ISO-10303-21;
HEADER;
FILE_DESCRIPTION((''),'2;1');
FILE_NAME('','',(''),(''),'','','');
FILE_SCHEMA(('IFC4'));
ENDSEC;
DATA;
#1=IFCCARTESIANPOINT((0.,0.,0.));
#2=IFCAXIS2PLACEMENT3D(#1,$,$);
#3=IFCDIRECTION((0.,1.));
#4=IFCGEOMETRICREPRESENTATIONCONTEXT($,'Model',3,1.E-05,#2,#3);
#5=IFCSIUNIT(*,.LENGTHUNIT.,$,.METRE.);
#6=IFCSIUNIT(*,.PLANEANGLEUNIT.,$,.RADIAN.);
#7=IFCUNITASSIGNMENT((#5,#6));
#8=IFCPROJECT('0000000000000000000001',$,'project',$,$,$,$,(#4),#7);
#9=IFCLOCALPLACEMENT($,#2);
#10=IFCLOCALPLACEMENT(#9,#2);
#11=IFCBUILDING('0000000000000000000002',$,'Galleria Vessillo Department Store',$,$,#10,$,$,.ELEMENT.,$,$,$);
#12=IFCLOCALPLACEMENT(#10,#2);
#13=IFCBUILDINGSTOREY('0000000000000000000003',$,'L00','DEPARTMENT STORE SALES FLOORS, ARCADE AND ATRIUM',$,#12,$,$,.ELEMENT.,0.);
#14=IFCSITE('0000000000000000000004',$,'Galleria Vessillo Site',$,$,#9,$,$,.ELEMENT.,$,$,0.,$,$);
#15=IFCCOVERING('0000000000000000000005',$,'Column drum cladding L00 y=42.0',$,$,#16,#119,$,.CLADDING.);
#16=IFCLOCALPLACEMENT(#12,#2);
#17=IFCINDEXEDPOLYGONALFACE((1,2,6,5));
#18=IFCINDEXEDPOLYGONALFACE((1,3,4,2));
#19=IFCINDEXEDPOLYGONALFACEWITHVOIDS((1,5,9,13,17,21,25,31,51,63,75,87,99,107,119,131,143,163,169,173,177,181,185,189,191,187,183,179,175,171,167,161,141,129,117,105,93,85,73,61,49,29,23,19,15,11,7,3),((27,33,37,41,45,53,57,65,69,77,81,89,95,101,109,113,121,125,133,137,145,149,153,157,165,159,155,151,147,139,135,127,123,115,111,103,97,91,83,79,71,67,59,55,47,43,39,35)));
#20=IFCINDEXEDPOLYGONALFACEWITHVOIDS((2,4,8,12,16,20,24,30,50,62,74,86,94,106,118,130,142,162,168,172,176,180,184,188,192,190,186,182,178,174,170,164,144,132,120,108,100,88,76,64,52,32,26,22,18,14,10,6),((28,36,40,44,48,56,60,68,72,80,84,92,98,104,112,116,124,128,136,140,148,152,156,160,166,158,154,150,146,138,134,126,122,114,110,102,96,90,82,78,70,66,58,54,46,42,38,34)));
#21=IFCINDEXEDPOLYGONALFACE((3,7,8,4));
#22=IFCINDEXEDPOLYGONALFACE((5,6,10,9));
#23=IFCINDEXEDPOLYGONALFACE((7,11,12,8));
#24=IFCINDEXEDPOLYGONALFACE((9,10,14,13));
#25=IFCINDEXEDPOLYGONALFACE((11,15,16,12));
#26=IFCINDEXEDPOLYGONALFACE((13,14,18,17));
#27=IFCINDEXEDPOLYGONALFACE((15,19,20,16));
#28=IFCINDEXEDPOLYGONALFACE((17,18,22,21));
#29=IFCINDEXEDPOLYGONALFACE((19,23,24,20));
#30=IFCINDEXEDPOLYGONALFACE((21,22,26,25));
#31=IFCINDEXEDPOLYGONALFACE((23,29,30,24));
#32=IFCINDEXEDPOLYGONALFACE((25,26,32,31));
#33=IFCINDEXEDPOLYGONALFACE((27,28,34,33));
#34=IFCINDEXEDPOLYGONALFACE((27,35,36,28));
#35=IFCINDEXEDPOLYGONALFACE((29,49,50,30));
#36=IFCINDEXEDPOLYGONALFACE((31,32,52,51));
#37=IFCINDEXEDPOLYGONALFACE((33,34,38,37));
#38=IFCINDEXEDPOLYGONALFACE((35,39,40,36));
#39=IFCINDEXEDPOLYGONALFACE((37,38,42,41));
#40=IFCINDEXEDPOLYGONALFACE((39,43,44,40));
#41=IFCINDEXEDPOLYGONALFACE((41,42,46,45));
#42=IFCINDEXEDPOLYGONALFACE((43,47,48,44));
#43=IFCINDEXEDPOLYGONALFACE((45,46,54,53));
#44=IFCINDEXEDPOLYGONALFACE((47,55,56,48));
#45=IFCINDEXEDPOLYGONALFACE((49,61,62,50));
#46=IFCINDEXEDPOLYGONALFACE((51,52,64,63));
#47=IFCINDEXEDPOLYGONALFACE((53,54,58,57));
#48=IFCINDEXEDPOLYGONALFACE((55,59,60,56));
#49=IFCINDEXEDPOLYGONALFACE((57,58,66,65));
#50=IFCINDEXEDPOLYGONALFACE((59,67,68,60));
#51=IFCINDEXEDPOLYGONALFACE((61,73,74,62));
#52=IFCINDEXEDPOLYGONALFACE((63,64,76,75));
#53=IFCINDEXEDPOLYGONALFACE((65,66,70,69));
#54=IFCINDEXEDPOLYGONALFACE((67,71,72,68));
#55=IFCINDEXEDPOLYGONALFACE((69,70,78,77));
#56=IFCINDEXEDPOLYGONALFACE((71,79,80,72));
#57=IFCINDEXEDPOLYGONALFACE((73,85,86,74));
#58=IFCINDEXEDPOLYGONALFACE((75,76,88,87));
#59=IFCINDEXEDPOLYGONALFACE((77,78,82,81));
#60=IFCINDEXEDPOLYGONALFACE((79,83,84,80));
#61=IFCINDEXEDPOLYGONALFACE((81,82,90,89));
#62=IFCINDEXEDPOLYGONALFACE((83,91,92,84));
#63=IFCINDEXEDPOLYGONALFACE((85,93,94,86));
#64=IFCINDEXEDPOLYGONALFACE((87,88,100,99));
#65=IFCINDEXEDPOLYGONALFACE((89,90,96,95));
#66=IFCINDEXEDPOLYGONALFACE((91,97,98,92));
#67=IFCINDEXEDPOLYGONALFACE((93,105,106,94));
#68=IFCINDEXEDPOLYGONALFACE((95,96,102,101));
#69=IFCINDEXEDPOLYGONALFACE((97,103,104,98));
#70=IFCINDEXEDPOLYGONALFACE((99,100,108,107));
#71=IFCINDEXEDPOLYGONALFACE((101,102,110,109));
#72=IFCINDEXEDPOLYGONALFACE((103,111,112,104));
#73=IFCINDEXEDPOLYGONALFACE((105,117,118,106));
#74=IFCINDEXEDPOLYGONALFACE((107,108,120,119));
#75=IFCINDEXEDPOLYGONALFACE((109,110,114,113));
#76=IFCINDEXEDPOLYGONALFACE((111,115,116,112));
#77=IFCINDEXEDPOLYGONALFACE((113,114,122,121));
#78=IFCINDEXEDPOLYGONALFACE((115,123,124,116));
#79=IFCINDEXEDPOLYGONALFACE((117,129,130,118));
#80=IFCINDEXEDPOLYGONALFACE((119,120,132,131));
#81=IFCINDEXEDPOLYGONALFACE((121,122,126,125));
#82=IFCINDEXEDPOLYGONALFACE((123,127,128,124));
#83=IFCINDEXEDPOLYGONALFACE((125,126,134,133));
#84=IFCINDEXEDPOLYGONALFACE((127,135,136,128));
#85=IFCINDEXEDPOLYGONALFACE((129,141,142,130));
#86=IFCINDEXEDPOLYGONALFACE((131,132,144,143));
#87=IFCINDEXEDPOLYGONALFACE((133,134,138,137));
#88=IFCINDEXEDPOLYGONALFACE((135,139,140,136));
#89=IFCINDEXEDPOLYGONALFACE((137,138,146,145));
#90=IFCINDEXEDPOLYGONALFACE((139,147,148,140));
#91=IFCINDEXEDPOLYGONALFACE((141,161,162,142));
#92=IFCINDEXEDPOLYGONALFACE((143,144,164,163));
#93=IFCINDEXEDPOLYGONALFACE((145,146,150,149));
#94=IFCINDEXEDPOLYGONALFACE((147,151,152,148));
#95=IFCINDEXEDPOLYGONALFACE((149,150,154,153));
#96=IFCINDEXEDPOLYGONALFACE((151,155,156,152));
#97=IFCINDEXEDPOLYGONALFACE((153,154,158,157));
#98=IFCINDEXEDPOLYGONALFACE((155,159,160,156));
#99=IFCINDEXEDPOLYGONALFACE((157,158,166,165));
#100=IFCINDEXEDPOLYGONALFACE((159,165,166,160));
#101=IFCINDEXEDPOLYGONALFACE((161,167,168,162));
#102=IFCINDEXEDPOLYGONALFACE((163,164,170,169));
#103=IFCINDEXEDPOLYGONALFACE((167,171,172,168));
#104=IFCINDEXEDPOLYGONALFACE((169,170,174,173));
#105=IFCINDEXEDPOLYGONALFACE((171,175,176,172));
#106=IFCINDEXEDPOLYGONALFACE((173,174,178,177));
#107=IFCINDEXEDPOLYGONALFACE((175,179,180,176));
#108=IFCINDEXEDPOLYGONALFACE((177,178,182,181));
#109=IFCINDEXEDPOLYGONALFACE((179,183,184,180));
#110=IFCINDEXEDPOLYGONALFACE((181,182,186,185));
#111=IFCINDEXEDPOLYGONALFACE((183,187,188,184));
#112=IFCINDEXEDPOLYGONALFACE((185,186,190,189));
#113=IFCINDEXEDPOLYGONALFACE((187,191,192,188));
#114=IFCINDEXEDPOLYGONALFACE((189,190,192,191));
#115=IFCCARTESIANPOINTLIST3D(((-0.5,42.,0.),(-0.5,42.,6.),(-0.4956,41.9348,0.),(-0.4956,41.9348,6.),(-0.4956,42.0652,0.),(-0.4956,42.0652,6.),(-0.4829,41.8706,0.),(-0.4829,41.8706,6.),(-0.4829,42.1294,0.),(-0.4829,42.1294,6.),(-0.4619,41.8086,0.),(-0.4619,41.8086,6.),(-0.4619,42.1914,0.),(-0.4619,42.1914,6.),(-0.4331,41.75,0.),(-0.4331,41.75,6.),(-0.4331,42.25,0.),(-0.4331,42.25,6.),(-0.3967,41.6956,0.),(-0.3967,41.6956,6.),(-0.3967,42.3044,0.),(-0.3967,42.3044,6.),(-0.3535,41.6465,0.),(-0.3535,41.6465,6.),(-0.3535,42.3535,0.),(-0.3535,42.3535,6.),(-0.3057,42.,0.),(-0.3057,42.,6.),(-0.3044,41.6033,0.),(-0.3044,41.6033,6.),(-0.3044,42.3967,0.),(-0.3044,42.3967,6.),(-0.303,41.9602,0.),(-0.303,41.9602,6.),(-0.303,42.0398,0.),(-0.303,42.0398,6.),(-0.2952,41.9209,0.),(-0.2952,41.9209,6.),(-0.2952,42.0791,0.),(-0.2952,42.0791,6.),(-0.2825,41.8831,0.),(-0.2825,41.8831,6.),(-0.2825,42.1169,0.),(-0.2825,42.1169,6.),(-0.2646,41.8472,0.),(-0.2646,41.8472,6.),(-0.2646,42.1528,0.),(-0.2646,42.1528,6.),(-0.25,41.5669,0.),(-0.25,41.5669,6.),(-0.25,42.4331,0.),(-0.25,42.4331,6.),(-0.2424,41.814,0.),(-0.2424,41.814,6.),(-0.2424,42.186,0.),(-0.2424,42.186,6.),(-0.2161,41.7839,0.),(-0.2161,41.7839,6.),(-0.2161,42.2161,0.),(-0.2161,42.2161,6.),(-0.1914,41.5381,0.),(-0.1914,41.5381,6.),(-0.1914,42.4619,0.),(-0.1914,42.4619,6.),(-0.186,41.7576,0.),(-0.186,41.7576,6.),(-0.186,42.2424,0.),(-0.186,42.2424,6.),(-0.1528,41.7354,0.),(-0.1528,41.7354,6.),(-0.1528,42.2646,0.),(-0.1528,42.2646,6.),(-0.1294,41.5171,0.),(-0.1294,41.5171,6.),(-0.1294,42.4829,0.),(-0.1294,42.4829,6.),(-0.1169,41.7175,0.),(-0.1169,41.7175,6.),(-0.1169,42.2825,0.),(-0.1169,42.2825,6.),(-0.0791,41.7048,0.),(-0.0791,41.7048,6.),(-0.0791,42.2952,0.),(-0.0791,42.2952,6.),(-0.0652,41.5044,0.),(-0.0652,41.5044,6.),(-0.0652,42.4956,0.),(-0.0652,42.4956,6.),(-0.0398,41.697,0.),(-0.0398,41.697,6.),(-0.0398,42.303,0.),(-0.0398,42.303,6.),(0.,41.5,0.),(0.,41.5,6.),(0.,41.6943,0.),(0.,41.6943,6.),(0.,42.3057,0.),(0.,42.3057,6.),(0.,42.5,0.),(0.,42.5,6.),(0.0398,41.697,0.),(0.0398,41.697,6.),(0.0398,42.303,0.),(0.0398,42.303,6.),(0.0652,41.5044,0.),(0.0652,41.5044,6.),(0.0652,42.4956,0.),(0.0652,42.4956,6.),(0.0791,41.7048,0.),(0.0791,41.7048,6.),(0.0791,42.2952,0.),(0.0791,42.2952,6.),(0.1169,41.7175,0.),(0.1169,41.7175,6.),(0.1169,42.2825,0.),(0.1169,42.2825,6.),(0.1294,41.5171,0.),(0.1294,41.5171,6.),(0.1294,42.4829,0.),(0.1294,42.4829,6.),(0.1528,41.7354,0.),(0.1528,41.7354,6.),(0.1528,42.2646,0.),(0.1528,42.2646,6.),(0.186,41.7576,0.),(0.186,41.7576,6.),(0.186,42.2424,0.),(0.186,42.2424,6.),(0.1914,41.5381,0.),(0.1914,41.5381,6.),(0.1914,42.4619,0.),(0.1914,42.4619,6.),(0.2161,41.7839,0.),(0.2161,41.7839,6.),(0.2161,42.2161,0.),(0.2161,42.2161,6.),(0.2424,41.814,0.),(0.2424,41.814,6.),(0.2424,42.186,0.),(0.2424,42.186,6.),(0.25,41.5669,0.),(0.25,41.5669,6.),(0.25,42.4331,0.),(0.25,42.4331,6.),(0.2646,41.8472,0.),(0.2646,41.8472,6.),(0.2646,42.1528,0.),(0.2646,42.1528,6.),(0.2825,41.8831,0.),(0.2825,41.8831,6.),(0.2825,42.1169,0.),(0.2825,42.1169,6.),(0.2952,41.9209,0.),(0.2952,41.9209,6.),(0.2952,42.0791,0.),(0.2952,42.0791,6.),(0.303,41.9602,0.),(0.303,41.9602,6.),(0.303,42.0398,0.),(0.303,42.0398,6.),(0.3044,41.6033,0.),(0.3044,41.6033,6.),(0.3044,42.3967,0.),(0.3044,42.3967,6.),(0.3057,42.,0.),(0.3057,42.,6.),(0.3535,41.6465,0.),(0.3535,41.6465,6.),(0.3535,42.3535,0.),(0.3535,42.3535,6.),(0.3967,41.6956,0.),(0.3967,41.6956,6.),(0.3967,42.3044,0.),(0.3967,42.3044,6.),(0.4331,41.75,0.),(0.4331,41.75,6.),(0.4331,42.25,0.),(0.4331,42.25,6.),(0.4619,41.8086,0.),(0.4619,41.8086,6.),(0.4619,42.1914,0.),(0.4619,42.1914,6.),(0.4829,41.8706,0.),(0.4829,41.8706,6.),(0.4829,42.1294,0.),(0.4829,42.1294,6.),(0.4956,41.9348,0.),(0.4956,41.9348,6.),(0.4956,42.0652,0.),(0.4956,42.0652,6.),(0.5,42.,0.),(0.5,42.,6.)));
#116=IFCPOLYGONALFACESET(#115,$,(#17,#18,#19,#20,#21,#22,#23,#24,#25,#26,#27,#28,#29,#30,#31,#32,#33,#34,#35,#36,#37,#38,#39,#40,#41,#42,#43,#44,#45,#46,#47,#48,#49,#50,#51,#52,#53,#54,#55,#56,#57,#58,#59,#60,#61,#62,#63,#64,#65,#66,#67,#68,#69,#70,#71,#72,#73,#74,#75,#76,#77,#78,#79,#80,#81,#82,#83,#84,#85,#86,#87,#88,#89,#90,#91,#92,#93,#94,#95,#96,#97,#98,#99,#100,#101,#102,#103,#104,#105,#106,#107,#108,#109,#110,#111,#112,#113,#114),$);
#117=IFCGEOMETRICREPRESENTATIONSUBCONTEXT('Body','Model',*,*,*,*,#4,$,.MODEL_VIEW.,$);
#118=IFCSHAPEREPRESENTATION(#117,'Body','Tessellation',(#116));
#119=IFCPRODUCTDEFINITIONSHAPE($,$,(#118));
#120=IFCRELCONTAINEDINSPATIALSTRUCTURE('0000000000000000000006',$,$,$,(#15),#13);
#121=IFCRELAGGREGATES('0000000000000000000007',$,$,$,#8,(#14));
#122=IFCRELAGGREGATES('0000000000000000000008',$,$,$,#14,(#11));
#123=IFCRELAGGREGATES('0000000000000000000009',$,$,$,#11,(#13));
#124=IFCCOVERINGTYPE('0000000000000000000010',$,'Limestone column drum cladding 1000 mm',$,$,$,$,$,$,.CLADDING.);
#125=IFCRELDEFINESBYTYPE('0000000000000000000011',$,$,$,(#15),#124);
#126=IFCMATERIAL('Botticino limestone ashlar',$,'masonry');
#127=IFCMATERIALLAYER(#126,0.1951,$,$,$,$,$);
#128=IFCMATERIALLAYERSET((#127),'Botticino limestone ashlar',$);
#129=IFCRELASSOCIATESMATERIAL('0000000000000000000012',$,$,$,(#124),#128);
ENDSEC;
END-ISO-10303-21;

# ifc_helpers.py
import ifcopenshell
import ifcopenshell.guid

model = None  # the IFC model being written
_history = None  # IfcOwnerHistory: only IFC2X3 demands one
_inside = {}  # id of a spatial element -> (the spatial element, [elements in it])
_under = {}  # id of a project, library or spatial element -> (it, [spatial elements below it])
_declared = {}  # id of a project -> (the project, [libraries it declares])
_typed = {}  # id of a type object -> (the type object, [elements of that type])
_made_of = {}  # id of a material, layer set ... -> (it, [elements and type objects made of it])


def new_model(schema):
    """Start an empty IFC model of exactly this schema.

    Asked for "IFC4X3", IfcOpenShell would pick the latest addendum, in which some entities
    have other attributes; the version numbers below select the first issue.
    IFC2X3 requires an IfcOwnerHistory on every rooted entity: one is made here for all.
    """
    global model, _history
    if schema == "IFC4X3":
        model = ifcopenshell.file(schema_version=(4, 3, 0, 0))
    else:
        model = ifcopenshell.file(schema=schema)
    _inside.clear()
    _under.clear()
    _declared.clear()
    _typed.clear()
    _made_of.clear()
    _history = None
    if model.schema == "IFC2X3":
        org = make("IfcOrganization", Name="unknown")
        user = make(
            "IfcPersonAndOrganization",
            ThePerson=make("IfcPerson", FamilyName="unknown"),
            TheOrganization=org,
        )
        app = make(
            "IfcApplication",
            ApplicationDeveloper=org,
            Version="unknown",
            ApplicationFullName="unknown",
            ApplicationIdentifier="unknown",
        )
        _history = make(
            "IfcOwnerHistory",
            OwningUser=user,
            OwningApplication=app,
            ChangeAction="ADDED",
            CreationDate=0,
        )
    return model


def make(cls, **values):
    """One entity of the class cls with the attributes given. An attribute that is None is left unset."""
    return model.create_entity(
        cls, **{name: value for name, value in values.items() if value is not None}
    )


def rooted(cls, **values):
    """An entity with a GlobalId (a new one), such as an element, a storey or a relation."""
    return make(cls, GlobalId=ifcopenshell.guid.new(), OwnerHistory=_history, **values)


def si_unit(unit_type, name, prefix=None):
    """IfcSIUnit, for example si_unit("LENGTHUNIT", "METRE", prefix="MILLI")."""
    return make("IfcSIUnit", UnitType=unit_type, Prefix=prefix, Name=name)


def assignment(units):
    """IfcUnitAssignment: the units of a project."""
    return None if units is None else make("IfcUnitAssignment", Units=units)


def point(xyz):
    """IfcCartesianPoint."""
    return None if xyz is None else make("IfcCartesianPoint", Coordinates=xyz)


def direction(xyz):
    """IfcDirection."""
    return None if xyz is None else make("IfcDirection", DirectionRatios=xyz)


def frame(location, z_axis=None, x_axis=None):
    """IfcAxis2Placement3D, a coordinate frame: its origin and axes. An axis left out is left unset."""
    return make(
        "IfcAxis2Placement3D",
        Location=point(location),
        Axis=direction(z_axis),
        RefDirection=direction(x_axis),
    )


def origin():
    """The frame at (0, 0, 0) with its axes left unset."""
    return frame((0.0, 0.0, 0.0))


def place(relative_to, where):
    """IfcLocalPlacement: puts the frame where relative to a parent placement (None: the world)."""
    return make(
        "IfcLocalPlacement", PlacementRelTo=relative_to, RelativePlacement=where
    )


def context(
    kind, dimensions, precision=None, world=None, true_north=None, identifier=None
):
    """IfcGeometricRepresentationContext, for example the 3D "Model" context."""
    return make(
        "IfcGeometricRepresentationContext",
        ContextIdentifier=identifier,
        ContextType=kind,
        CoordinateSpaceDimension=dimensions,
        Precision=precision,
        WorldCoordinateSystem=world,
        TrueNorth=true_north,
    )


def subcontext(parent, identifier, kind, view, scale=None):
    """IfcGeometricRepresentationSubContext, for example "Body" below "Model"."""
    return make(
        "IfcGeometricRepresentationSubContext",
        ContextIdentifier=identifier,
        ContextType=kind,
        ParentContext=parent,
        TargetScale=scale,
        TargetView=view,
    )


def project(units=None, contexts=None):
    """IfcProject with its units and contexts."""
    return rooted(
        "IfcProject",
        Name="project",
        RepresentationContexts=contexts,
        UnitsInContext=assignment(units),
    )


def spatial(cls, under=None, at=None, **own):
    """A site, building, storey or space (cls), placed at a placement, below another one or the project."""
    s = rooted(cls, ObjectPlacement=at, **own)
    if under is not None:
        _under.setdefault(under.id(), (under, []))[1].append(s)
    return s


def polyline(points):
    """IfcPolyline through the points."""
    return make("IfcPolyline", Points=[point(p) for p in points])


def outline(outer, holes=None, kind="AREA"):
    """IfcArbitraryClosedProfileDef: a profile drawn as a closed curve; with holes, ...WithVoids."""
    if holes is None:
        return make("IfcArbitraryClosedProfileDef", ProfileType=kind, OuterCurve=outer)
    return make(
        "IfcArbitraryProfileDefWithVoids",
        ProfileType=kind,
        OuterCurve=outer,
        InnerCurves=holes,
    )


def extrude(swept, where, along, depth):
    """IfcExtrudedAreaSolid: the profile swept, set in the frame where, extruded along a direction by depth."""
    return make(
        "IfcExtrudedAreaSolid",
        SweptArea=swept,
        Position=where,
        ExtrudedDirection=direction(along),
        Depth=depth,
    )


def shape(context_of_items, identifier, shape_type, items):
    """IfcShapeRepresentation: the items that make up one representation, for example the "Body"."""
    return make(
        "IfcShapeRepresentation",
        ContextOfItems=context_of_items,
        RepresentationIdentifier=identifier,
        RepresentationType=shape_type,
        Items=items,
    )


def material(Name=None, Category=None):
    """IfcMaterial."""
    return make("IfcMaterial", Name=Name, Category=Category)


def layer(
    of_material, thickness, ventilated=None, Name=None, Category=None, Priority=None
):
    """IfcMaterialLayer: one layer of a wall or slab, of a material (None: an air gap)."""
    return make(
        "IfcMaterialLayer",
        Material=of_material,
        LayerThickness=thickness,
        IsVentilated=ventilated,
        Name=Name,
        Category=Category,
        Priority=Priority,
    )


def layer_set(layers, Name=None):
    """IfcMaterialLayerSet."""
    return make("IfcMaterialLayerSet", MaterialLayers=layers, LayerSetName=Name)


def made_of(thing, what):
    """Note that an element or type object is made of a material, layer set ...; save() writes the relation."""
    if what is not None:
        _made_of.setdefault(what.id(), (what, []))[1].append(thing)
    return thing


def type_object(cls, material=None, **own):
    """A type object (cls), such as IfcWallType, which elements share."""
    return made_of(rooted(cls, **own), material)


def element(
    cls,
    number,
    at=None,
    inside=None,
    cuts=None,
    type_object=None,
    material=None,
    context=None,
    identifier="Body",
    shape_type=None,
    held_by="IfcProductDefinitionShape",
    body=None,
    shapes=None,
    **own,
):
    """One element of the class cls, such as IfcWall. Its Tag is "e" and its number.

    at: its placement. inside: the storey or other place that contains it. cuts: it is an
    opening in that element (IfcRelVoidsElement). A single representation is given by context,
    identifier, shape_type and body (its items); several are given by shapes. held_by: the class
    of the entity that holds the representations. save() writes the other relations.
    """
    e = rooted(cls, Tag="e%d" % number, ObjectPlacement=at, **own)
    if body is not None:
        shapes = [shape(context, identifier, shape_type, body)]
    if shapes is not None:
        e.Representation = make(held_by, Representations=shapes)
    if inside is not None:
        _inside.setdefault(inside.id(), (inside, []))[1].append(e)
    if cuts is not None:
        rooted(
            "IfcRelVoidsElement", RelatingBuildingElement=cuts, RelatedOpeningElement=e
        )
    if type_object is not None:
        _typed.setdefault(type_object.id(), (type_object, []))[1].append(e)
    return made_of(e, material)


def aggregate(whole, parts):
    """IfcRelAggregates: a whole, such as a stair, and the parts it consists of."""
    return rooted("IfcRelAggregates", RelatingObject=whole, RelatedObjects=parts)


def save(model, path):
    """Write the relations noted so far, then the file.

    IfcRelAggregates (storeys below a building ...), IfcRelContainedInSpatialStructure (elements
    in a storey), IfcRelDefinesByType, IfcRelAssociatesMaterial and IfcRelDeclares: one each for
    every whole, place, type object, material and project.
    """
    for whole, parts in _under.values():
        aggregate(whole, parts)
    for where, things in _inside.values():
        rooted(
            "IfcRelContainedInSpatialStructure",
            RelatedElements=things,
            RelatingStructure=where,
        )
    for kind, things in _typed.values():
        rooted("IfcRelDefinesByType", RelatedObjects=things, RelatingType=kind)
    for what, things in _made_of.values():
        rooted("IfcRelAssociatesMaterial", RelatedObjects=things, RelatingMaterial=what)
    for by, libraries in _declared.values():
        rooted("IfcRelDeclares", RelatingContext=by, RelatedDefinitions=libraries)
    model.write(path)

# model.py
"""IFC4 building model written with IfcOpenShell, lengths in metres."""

from ifc_helpers import new_model, si_unit, direction, origin, place, context, subcontext, project, spatial, polyline, outline, extrude, material, layer, layer_set, type_object, element, save


model = new_model("IFC4")

# Units and contexts
model_context = context("Model", 3, precision=1e-05, world=origin(), true_north=direction((0.0, 1.0)))
body_context = subcontext(model_context, "Body", "Model", "MODEL_VIEW")
ifc_project = project(units=[si_unit("LENGTHUNIT", "METRE"), si_unit("PLANEANGLEUNIT", "RADIAN")], contexts=[model_context])

# Site, building, storey
site_placement = place(None, origin())
site = spatial("IfcSite", under=ifc_project, at=site_placement, Name="Galleria Vessillo Site", CompositionType="ELEMENT", RefElevation=0.0)
building_placement = place(site_placement, origin())
building = spatial("IfcBuilding", under=site, at=building_placement, Name="Galleria Vessillo Department Store", CompositionType="ELEMENT")
storey_placement = place(building_placement, origin())
storey = spatial("IfcBuildingStorey", under=building, at=storey_placement, Name="L00", Description="DEPARTMENT STORE SALES FLOORS, ARCADE AND ATRIUM", CompositionType="ELEMENT", Elevation=0.0)

# Covering
ifc_material_1 = material(Name="Botticino limestone ashlar", Category="masonry")
ifc_layer_1 = layer(ifc_material_1, 0.1951)
ifc_layer_set_1 = layer_set([ifc_layer_1], Name="Botticino limestone ashlar")
covering_type = type_object("IfcCoveringType", Name="Limestone column drum cladding 1000 mm", PredefinedType="CLADDING", material=ifc_layer_set_1)
covering_1_placement = place(storey_placement, origin())
element("IfcCovering", 1, at=covering_1_placement, inside=storey, type_object=covering_type, Name="Column drum cladding L00 y=42.0", PredefinedType="CLADDING", context=body_context, shape_type="SweptSolid", body=[
    extrude(outline(polyline([(0.5, 42.0), (0.4956, 42.0652), (0.4829, 42.1294), (0.4619, 42.1914), (0.4331, 42.25), (0.3967, 42.3044), (0.3535, 42.3535), (0.3044, 42.3967), (0.25, 42.4331), (0.1914, 42.4619), (0.1294, 42.4829), (0.0652, 42.4956), (0.0, 42.5), (-0.0652, 42.4956), (-0.1294, 42.4829), (-0.1914, 42.4619), (-0.25, 42.4331), (-0.3044, 42.3967), (-0.3535, 42.3535), (-0.3967, 42.3044), (-0.4331, 42.25), (-0.4619, 42.1914), (-0.4829, 42.1294), (-0.4956, 42.0652), (-0.5, 42.0), (-0.4956, 41.9348), (-0.4829, 41.8706), (-0.4619, 41.8086), (-0.4331, 41.75), (-0.3967, 41.6956), (-0.3535, 41.6465), (-0.3044, 41.6033), (-0.25, 41.5669), (-0.1914, 41.5381), (-0.1294, 41.5171), (-0.0652, 41.5044), (0.0, 41.5), (0.0652, 41.5044), (0.1294, 41.5171), (0.1914, 41.5381), (0.25, 41.5669), (0.3044, 41.6033), (0.3535, 41.6465), (0.3967, 41.6956), (0.4331, 41.75), (0.4619, 41.8086), (0.4829, 41.8706), (0.4956, 41.9348), (0.5, 42.0)]), holes=[polyline([(0.3057, 42.0), (0.303, 42.0398), (0.2952, 42.0791), (0.2825, 42.1169), (0.2646, 42.1528), (0.2424, 42.186), (0.2161, 42.2161), (0.186, 42.2424), (0.1528, 42.2646), (0.1169, 42.2825), (0.0791, 42.2952), (0.0398, 42.303), (0.0, 42.3057), (-0.0398, 42.303), (-0.0791, 42.2952), (-0.1169, 42.2825), (-0.1528, 42.2646), (-0.186, 42.2424), (-0.2161, 42.2161), (-0.2424, 42.186), (-0.2646, 42.1528), (-0.2825, 42.1169), (-0.2952, 42.0791), (-0.303, 42.0398), (-0.3057, 42.0), (-0.303, 41.9602), (-0.2952, 41.9209), (-0.2825, 41.8831), (-0.2646, 41.8472), (-0.2424, 41.814), (-0.2161, 41.7839), (-0.186, 41.7576), (-0.1528, 41.7354), (-0.1169, 41.7175), (-0.0791, 41.7048), (-0.0398, 41.697), (0.0, 41.6943), (0.0398, 41.697), (0.0791, 41.7048), (0.1169, 41.7175), (0.1528, 41.7354), (0.186, 41.7576), (0.2161, 41.7839), (0.2424, 41.814), (0.2646, 41.8472), (0.2825, 41.8831), (0.2952, 41.9209), (0.303, 41.9602), (0.3057, 42.0)])]), origin(), (0.0, 0.0, 1.0), 6.0),
])

save(model, "model.ifc")
